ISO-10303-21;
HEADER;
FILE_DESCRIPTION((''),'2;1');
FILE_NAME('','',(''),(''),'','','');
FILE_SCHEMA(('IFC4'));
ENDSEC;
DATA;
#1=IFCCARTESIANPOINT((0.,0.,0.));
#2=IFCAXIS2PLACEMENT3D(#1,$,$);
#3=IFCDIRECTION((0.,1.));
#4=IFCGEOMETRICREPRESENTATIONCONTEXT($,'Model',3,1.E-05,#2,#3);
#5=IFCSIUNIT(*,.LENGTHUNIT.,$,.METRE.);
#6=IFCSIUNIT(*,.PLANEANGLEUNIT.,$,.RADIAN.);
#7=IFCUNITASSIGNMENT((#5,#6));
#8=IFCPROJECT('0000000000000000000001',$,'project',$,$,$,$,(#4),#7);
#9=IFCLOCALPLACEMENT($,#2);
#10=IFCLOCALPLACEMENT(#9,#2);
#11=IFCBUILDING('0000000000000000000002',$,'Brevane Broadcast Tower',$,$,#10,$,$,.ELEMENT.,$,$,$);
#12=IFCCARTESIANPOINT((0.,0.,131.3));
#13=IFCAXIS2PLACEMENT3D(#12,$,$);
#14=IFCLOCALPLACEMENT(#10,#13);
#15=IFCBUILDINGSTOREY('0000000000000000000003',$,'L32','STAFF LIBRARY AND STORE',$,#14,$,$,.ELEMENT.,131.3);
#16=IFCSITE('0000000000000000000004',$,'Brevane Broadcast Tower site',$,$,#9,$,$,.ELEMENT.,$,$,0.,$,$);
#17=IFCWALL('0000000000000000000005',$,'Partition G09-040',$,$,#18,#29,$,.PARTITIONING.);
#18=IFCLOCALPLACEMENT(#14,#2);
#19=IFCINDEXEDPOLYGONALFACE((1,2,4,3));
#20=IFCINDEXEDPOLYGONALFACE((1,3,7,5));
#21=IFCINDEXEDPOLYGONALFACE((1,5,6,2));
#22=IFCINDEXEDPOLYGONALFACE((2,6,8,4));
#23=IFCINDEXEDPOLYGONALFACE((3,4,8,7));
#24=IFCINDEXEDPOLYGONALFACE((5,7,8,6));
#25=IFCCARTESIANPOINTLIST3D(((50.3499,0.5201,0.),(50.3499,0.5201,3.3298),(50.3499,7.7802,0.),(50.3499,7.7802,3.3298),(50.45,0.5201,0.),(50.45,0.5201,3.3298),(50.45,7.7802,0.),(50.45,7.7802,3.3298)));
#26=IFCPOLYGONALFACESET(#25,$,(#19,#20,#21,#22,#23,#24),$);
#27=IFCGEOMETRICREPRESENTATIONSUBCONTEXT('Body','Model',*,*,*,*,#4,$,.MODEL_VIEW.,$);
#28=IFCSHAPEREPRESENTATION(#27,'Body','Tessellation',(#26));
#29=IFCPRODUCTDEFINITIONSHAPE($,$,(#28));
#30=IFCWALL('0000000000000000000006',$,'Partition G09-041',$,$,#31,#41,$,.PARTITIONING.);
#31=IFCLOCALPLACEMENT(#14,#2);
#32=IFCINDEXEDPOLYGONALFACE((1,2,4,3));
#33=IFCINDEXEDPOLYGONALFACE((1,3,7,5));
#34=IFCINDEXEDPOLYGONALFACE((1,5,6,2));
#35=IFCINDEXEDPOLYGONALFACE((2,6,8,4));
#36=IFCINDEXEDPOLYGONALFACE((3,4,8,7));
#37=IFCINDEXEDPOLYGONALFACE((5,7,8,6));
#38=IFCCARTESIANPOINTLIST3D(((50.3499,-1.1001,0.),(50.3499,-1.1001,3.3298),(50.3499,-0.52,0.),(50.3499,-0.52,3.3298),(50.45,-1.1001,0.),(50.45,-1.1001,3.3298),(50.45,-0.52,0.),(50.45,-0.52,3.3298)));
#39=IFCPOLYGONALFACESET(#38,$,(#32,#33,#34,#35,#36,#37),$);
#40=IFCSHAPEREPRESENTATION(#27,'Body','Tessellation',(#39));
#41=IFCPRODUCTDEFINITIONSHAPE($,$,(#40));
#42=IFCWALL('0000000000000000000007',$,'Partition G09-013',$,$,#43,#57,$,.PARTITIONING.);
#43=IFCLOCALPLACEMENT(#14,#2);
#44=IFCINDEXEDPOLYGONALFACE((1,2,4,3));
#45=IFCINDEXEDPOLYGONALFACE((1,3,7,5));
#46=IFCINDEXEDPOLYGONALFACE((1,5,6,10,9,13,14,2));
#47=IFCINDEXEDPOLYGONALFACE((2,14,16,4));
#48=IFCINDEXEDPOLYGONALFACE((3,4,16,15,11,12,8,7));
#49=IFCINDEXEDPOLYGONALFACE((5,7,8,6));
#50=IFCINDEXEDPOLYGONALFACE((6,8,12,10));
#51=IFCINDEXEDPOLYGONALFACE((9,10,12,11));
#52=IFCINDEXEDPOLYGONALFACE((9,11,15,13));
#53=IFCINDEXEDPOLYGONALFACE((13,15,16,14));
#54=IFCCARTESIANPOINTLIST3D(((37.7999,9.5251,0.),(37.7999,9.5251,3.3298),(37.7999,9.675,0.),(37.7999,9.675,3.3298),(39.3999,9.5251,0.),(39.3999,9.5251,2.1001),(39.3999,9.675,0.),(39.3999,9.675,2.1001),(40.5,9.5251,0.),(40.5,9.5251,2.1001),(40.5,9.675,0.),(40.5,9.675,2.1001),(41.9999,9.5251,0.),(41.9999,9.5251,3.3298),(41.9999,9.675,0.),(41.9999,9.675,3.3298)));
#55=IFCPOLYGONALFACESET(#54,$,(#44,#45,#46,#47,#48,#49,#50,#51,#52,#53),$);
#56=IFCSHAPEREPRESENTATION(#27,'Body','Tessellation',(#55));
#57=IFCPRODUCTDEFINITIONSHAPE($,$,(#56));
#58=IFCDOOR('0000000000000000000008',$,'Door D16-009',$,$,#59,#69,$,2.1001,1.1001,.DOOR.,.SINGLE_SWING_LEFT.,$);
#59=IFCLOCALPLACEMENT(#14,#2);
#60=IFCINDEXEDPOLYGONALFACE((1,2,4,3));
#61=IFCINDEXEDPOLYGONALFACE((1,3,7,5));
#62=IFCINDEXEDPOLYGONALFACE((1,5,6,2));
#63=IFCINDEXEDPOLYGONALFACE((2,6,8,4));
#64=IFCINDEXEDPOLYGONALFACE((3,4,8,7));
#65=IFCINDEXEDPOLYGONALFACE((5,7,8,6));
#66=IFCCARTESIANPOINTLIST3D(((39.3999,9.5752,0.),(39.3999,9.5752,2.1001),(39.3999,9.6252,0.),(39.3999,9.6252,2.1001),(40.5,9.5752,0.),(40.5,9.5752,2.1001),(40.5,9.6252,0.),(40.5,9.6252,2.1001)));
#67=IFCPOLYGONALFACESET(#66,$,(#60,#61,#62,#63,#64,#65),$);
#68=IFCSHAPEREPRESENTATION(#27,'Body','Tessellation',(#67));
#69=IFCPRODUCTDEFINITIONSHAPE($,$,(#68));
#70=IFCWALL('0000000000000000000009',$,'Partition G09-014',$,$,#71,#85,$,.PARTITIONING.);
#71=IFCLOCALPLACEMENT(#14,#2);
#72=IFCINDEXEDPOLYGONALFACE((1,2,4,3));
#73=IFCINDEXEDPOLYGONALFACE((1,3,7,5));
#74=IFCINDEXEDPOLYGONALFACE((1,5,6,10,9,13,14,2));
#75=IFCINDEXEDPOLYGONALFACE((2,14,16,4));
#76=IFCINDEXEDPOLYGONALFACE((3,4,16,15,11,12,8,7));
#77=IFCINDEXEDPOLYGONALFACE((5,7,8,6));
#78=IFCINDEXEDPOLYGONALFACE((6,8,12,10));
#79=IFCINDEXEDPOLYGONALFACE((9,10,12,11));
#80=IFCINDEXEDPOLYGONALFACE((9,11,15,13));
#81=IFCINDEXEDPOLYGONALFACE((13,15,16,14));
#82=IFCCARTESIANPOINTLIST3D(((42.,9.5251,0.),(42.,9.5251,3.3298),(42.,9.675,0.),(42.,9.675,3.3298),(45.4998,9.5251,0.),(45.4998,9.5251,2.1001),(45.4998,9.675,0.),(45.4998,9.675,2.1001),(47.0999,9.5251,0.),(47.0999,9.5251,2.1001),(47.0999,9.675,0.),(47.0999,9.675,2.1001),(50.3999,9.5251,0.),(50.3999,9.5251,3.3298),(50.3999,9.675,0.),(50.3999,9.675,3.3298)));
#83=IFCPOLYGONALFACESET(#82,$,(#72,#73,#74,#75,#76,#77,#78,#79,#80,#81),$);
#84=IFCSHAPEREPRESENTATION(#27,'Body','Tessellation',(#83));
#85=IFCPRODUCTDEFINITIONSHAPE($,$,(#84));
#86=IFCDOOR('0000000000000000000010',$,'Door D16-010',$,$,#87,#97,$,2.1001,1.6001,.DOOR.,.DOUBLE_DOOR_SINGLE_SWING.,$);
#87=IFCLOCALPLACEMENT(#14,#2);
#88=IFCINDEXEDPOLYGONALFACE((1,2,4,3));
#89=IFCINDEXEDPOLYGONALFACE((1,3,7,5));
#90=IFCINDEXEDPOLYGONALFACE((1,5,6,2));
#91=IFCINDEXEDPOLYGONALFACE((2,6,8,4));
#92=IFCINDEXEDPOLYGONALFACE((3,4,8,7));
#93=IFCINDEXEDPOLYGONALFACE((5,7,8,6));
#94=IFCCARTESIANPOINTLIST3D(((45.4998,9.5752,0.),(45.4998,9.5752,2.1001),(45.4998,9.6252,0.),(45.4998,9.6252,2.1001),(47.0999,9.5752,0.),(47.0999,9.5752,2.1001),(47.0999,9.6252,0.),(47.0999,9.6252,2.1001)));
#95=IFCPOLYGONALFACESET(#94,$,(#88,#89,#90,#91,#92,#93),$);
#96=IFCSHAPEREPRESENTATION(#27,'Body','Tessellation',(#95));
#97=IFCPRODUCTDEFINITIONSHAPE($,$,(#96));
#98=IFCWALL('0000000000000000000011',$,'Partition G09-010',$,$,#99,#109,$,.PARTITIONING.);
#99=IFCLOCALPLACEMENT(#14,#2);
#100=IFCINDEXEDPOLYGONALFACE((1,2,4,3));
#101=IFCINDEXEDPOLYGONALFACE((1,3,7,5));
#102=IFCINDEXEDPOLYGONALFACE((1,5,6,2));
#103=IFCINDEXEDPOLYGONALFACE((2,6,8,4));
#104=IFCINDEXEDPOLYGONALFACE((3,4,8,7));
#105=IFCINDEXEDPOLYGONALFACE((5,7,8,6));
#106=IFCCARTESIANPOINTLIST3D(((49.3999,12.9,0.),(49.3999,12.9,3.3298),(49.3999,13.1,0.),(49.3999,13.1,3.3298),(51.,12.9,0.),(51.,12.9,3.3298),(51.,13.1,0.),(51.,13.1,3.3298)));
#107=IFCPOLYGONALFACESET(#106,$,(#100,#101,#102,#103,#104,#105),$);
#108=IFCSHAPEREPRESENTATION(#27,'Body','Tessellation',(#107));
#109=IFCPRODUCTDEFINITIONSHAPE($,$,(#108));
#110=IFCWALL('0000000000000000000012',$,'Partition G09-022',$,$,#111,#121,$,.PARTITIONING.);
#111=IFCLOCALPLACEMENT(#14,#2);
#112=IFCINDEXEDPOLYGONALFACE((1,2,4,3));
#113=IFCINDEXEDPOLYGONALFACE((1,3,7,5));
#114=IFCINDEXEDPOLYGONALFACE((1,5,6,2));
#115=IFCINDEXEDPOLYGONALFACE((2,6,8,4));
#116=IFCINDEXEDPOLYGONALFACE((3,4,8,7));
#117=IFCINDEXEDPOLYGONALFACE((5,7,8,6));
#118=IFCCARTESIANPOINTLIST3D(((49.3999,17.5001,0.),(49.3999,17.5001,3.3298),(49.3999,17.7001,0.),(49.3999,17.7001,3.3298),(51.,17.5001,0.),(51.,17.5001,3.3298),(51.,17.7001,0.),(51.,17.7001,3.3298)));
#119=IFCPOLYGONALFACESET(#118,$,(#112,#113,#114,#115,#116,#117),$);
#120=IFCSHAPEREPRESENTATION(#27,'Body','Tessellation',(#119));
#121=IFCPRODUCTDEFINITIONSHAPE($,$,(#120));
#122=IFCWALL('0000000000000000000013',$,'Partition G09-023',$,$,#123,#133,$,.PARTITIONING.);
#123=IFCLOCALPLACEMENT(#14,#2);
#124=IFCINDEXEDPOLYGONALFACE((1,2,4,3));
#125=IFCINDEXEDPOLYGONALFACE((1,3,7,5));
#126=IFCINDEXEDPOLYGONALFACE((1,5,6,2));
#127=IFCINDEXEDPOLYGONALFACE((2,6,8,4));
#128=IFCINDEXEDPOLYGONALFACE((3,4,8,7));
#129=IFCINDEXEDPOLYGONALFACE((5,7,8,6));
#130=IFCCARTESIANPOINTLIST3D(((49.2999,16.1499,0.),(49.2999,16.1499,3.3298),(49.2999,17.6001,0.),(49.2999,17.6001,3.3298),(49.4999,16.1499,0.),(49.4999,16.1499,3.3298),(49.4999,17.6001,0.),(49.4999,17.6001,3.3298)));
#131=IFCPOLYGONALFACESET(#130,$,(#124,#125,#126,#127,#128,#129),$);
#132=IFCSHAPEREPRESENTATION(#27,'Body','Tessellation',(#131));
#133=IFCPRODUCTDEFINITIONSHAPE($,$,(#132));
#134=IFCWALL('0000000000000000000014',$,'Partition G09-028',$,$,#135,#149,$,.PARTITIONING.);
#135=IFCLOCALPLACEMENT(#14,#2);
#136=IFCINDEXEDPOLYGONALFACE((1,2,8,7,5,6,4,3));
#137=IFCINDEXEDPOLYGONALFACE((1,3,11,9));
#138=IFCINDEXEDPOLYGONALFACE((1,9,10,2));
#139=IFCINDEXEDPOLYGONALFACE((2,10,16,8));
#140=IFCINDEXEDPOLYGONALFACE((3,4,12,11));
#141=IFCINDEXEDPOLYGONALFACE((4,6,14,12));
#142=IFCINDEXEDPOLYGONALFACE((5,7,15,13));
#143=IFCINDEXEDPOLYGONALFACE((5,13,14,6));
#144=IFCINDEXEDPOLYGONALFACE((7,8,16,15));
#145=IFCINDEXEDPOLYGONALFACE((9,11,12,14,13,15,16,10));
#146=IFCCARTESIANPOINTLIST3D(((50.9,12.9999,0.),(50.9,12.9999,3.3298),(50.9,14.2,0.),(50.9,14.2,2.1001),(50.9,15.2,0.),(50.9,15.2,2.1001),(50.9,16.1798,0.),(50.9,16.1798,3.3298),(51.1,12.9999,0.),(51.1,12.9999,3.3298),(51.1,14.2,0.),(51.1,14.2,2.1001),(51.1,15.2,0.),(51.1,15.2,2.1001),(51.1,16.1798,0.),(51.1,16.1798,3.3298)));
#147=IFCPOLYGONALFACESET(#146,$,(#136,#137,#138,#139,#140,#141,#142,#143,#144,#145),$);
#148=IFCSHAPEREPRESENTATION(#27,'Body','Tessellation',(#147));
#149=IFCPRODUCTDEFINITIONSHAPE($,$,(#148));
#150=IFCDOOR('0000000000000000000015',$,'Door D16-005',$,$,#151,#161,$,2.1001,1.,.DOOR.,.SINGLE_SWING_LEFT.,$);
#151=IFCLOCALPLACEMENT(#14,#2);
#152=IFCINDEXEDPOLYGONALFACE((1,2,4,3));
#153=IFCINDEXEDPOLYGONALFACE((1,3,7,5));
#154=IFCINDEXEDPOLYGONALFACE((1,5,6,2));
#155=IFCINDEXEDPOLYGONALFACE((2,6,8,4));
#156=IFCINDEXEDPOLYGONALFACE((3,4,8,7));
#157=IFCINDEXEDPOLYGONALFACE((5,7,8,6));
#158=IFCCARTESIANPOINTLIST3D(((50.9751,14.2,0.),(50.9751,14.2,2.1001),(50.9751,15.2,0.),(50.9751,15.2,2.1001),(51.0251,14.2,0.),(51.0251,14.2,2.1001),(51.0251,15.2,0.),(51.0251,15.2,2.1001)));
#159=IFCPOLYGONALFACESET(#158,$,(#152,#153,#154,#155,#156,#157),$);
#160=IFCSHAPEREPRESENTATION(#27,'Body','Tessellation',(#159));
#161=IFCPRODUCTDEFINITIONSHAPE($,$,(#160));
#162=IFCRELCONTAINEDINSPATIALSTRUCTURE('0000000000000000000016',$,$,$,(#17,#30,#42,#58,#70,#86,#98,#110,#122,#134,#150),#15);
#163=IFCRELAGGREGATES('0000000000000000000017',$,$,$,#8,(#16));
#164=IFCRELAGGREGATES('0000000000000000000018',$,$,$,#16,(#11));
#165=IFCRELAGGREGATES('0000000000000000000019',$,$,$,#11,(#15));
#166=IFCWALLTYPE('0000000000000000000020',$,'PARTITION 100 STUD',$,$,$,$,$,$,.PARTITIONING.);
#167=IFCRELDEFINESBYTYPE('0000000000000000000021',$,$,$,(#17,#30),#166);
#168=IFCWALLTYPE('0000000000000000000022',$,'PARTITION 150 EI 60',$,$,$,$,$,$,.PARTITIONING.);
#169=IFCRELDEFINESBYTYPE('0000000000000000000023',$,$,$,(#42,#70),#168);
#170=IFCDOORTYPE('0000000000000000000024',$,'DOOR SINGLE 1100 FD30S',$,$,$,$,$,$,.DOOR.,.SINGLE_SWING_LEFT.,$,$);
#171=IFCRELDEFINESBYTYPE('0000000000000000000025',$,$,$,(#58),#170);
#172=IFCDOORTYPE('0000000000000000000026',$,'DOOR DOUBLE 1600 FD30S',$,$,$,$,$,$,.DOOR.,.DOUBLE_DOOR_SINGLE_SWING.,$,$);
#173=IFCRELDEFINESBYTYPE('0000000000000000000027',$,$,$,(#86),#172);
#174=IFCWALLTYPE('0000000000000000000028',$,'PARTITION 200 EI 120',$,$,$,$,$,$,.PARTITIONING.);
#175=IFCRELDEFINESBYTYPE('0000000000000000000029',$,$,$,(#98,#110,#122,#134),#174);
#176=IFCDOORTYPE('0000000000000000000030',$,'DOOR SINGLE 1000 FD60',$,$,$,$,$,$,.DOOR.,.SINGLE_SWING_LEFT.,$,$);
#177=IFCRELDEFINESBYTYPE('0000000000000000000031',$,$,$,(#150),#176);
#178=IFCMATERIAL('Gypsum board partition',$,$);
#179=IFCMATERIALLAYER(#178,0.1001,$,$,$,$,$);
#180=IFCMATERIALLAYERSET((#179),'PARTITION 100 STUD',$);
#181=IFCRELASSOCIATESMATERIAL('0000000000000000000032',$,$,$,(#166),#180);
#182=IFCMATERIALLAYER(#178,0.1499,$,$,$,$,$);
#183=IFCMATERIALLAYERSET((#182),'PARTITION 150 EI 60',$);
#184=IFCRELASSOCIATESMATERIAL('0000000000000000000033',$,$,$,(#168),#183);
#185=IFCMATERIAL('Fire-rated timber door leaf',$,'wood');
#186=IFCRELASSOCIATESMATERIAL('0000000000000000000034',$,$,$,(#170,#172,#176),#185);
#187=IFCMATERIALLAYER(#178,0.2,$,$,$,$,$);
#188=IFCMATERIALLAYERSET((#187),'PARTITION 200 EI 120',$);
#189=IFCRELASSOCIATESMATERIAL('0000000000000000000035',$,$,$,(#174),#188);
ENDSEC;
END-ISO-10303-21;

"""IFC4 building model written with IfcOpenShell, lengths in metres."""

from ifc_helpers import new_model, si_unit, direction, frame, frame_2d, origin, place, context, subcontext, project, spatial, rectangle, extrude, material, layer, layer_set, type_object, element, fill, save


model = new_model("IFC4")

# Units and contexts
model_context = context("Model", 3, precision=1e-05, world=origin(), true_north=direction((0.0, 1.0)))
body_context = subcontext(model_context, "Body", "Model", "MODEL_VIEW")
ifc_project = project(units=[si_unit("LENGTHUNIT", "METRE"), si_unit("PLANEANGLEUNIT", "RADIAN")], contexts=[model_context])

# Site, building, storey
site_placement = place(None, origin())
site = spatial("IfcSite", under=ifc_project, at=site_placement, Name="Brevane Broadcast Tower site", CompositionType="ELEMENT", RefElevation=0.0)
building_placement = place(site_placement, origin())
building = spatial("IfcBuilding", under=site, at=building_placement, Name="Brevane Broadcast Tower", CompositionType="ELEMENT")
storey_placement = place(building_placement, frame((0.0, 0.0, 131.3)))
storey = spatial("IfcBuildingStorey", under=building, at=storey_placement, Name="L32", Description="STAFF LIBRARY AND STORE", CompositionType="ELEMENT", Elevation=131.3)

# Walls
ifc_material_1 = material(Name="Gypsum board partition")
ifc_layer_1 = layer(ifc_material_1, 0.1001)
ifc_layer_set_1 = layer_set([ifc_layer_1], Name="PARTITION 100 STUD")
wall_type_1 = type_object("IfcWallType", Name="PARTITION 100 STUD", PredefinedType="PARTITIONING", material=ifc_layer_set_1)
wall_1_placement = place(storey_placement, frame((50.3999, 7.78, 0.0), z_axis=(0.0, 0.0, 1.0), x_axis=(0.0, -1.0, 0.0)))
element("IfcWall", 1, at=wall_1_placement, inside=storey, type_object=wall_type_1, Name="Partition G09-040", PredefinedType="PARTITIONING", context=body_context, shape_type="SweptSolid", body=[
    extrude(rectangle(XDim=7.26, YDim=0.1001, at=frame_2d((3.6299, 0.0))), origin(), (0.0, 0.0, 1.0), 3.3298),
])
wall_2_placement = place(storey_placement, frame((50.3999, -0.52, 0.0), z_axis=(0.0, 0.0, 1.0), x_axis=(0.0, -1.0, 0.0)))
element("IfcWall", 2, at=wall_2_placement, inside=storey, type_object=wall_type_1, Name="Partition G09-041", PredefinedType="PARTITIONING", context=body_context, shape_type="SweptSolid", body=[
    extrude(rectangle(XDim=0.5801, YDim=0.1001, at=frame_2d((0.29, 0.0))), origin(), (0.0, 0.0, 1.0), 3.3298),
])

# Walls, openings, doors
ifc_layer_2 = layer(ifc_material_1, 0.1499)
ifc_layer_set_2 = layer_set([ifc_layer_2], Name="PARTITION 150 EI 60")
wall_type_2 = type_object("IfcWallType", Name="PARTITION 150 EI 60", PredefinedType="PARTITIONING", material=ifc_layer_set_2)
wall_3_placement = place(storey_placement, frame((42.0, 9.6001, 0.0), z_axis=(0.0, 0.0, 1.0), x_axis=(-1.0, 0.0, 0.0)))
wall_3 = element("IfcWall", 3, at=wall_3_placement, inside=storey, type_object=wall_type_2, Name="Partition G09-013", PredefinedType="PARTITIONING", context=body_context, shape_type="SweptSolid", body=[
    extrude(rectangle(XDim=4.2, YDim=0.1499, at=frame_2d((2.1001, 0.0))), origin(), (0.0, 0.0, 1.0), 3.3298),
])
opening_1_placement = place(wall_3_placement, frame((1.5, 0.0, 0.0)))
opening_1 = element("IfcOpeningElement", 4, at=opening_1_placement, cuts=wall_3, PredefinedType="OPENING", context=body_context, shape_type="SweptSolid", body=[
    extrude(rectangle(XDim=1.1001, YDim=2.1001, at=frame_2d((0.55, 1.05))), frame((0.0, 0.085, 0.0), z_axis=(0.0, -1.0, 0.0), x_axis=(1.0, 0.0, 0.0)), (0.0, 0.0, 1.0), 0.1699),
])
ifc_material_2 = material(Name="Fire-rated timber door leaf", Category="wood")
door_type_1 = type_object("IfcDoorType", Name="DOOR SINGLE 1100 FD30S", OperationType="SINGLE_SWING_LEFT", PredefinedType="DOOR", material=ifc_material_2)
door_1_placement = place(opening_1_placement, origin())
door_1 = element("IfcDoor", 5, at=door_1_placement, inside=storey, type_object=door_type_1, Name="Door D16-009", OperationType="SINGLE_SWING_LEFT", OverallHeight=2.1001, OverallWidth=1.1001, PredefinedType="DOOR", context=body_context, shape_type="SweptSolid", body=[
    extrude(rectangle(XDim=1.1001, YDim=2.1001, at=frame_2d((0.55, 1.05))), frame((0.0, 0.0249, 0.0), z_axis=(0.0, -1.0, 0.0), x_axis=(1.0, 0.0, 0.0)), (0.0, 0.0, 1.0), 0.05),
])
fill(opening_1, door_1)
wall_4_placement = place(storey_placement, frame((50.3999, 9.6001, 0.0), z_axis=(0.0, 0.0, 1.0), x_axis=(-1.0, 0.0, 0.0)))
wall_4 = element("IfcWall", 6, at=wall_4_placement, inside=storey, type_object=wall_type_2, Name="Partition G09-014", PredefinedType="PARTITIONING", context=body_context, shape_type="SweptSolid", body=[
    extrude(rectangle(XDim=8.3999, YDim=0.1499, at=frame_2d((4.2, 0.0))), origin(), (0.0, 0.0, 1.0), 3.3298),
])
opening_2_placement = place(wall_4_placement, frame((3.3, 0.0, 0.0)))
opening_2 = element("IfcOpeningElement", 7, at=opening_2_placement, cuts=wall_4, PredefinedType="OPENING", context=body_context, shape_type="SweptSolid", body=[
    extrude(rectangle(XDim=1.6001, YDim=2.1001, at=frame_2d((0.8, 1.05))), frame((0.0, 0.085, 0.0), z_axis=(0.0, -1.0, 0.0), x_axis=(1.0, 0.0, 0.0)), (0.0, 0.0, 1.0), 0.1699),
])
door_type_2 = type_object("IfcDoorType", Name="DOOR DOUBLE 1600 FD30S", OperationType="DOUBLE_DOOR_SINGLE_SWING", PredefinedType="DOOR", material=ifc_material_2)
door_2_placement = place(opening_2_placement, origin())
door_2 = element("IfcDoor", 8, at=door_2_placement, inside=storey, type_object=door_type_2, Name="Door D16-010", OperationType="DOUBLE_DOOR_SINGLE_SWING", OverallHeight=2.1001, OverallWidth=1.6001, PredefinedType="DOOR", context=body_context, shape_type="SweptSolid", body=[
    extrude(rectangle(XDim=1.6001, YDim=2.1001, at=frame_2d((0.8, 1.05))), frame((0.0, 0.0249, 0.0), z_axis=(0.0, -1.0, 0.0), x_axis=(1.0, 0.0, 0.0)), (0.0, 0.0, 1.0), 0.05),
])
fill(opening_2, door_2)

# Walls
ifc_layer_3 = layer(ifc_material_1, 0.2)
ifc_layer_set_3 = layer_set([ifc_layer_3], Name="PARTITION 200 EI 120")
wall_type_3 = type_object("IfcWallType", Name="PARTITION 200 EI 120", PredefinedType="PARTITIONING", material=ifc_layer_set_3)
for number, where, z_axis, x_axis, name in (
    (9, (49.3999, 13.0, 0.0), (0.0, 0.0, 1.0), (1.0, 0.0, 0.0), "Partition G09-010"),
    (10, (51.0, 17.6001, 0.0), (0.0, 0.0, 1.0), (-1.0, 0.0, 0.0), "Partition G09-022"),
):
    element("IfcWall", number, at=place(storey_placement, frame(where, z_axis=z_axis, x_axis=x_axis)), inside=storey, type_object=wall_type_3, Name=name, PredefinedType="PARTITIONING", context=body_context, shape_type="SweptSolid", body=[
        extrude(rectangle(XDim=1.6001, YDim=0.2, at=frame_2d((0.8, 0.0))), origin(), (0.0, 0.0, 1.0), 3.3298),
    ])
wall_5_placement = place(storey_placement, frame((49.3999, 17.6001, 0.0), z_axis=(0.0, 0.0, 1.0), x_axis=(0.0, -1.0, 0.0)))
element("IfcWall", 11, at=wall_5_placement, inside=storey, type_object=wall_type_3, Name="Partition G09-023", PredefinedType="PARTITIONING", context=body_context, shape_type="SweptSolid", body=[
    extrude(rectangle(XDim=1.4502, YDim=0.2, at=frame_2d((0.7251, 0.0))), origin(), (0.0, 0.0, 1.0), 3.3298),
])

# Wall, opening, door
wall_6_placement = place(storey_placement, frame((51.0, 13.0, 0.0), z_axis=(0.0, 0.0, 1.0), x_axis=(0.0, 1.0, 0.0)))
wall_6 = element("IfcWall", 12, at=wall_6_placement, inside=storey, type_object=wall_type_3, Name="Partition G09-028", PredefinedType="PARTITIONING", context=body_context, shape_type="SweptSolid", body=[
    extrude(rectangle(XDim=3.1799, YDim=0.2, at=frame_2d((1.5898, 0.0))), origin(), (0.0, 0.0, 1.0), 3.3298),
])
opening_3_placement = place(wall_6_placement, frame((1.2, 0.0, 0.0)))
opening_3 = element("IfcOpeningElement", 13, at=opening_3_placement, cuts=wall_6, PredefinedType="OPENING", context=body_context, shape_type="SweptSolid", body=[
    extrude(rectangle(XDim=1.0, YDim=2.1001, at=frame_2d((0.5, 1.05))), frame((0.0, 0.1099, 0.0), z_axis=(0.0, -1.0, 0.0), x_axis=(1.0, 0.0, 0.0)), (0.0, 0.0, 1.0), 0.22),
])
door_type_3 = type_object("IfcDoorType", Name="DOOR SINGLE 1000 FD60", OperationType="SINGLE_SWING_LEFT", PredefinedType="DOOR", material=ifc_material_2)
door_3_placement = place(opening_3_placement, origin())
door_3 = element("IfcDoor", 14, at=door_3_placement, inside=storey, type_object=door_type_3, Name="Door D16-005", OperationType="SINGLE_SWING_LEFT", OverallHeight=2.1001, OverallWidth=1.0, PredefinedType="DOOR", context=body_context, shape_type="SweptSolid", body=[
    extrude(rectangle(XDim=1.0, YDim=2.1001, at=frame_2d((0.5, 1.05))), frame((0.0, 0.0249, 0.0), z_axis=(0.0, -1.0, 0.0), x_axis=(1.0, 0.0, 0.0)), (0.0, 0.0, 1.0), 0.05),
])
fill(opening_3, door_3)

save(model, "model.ifc")
